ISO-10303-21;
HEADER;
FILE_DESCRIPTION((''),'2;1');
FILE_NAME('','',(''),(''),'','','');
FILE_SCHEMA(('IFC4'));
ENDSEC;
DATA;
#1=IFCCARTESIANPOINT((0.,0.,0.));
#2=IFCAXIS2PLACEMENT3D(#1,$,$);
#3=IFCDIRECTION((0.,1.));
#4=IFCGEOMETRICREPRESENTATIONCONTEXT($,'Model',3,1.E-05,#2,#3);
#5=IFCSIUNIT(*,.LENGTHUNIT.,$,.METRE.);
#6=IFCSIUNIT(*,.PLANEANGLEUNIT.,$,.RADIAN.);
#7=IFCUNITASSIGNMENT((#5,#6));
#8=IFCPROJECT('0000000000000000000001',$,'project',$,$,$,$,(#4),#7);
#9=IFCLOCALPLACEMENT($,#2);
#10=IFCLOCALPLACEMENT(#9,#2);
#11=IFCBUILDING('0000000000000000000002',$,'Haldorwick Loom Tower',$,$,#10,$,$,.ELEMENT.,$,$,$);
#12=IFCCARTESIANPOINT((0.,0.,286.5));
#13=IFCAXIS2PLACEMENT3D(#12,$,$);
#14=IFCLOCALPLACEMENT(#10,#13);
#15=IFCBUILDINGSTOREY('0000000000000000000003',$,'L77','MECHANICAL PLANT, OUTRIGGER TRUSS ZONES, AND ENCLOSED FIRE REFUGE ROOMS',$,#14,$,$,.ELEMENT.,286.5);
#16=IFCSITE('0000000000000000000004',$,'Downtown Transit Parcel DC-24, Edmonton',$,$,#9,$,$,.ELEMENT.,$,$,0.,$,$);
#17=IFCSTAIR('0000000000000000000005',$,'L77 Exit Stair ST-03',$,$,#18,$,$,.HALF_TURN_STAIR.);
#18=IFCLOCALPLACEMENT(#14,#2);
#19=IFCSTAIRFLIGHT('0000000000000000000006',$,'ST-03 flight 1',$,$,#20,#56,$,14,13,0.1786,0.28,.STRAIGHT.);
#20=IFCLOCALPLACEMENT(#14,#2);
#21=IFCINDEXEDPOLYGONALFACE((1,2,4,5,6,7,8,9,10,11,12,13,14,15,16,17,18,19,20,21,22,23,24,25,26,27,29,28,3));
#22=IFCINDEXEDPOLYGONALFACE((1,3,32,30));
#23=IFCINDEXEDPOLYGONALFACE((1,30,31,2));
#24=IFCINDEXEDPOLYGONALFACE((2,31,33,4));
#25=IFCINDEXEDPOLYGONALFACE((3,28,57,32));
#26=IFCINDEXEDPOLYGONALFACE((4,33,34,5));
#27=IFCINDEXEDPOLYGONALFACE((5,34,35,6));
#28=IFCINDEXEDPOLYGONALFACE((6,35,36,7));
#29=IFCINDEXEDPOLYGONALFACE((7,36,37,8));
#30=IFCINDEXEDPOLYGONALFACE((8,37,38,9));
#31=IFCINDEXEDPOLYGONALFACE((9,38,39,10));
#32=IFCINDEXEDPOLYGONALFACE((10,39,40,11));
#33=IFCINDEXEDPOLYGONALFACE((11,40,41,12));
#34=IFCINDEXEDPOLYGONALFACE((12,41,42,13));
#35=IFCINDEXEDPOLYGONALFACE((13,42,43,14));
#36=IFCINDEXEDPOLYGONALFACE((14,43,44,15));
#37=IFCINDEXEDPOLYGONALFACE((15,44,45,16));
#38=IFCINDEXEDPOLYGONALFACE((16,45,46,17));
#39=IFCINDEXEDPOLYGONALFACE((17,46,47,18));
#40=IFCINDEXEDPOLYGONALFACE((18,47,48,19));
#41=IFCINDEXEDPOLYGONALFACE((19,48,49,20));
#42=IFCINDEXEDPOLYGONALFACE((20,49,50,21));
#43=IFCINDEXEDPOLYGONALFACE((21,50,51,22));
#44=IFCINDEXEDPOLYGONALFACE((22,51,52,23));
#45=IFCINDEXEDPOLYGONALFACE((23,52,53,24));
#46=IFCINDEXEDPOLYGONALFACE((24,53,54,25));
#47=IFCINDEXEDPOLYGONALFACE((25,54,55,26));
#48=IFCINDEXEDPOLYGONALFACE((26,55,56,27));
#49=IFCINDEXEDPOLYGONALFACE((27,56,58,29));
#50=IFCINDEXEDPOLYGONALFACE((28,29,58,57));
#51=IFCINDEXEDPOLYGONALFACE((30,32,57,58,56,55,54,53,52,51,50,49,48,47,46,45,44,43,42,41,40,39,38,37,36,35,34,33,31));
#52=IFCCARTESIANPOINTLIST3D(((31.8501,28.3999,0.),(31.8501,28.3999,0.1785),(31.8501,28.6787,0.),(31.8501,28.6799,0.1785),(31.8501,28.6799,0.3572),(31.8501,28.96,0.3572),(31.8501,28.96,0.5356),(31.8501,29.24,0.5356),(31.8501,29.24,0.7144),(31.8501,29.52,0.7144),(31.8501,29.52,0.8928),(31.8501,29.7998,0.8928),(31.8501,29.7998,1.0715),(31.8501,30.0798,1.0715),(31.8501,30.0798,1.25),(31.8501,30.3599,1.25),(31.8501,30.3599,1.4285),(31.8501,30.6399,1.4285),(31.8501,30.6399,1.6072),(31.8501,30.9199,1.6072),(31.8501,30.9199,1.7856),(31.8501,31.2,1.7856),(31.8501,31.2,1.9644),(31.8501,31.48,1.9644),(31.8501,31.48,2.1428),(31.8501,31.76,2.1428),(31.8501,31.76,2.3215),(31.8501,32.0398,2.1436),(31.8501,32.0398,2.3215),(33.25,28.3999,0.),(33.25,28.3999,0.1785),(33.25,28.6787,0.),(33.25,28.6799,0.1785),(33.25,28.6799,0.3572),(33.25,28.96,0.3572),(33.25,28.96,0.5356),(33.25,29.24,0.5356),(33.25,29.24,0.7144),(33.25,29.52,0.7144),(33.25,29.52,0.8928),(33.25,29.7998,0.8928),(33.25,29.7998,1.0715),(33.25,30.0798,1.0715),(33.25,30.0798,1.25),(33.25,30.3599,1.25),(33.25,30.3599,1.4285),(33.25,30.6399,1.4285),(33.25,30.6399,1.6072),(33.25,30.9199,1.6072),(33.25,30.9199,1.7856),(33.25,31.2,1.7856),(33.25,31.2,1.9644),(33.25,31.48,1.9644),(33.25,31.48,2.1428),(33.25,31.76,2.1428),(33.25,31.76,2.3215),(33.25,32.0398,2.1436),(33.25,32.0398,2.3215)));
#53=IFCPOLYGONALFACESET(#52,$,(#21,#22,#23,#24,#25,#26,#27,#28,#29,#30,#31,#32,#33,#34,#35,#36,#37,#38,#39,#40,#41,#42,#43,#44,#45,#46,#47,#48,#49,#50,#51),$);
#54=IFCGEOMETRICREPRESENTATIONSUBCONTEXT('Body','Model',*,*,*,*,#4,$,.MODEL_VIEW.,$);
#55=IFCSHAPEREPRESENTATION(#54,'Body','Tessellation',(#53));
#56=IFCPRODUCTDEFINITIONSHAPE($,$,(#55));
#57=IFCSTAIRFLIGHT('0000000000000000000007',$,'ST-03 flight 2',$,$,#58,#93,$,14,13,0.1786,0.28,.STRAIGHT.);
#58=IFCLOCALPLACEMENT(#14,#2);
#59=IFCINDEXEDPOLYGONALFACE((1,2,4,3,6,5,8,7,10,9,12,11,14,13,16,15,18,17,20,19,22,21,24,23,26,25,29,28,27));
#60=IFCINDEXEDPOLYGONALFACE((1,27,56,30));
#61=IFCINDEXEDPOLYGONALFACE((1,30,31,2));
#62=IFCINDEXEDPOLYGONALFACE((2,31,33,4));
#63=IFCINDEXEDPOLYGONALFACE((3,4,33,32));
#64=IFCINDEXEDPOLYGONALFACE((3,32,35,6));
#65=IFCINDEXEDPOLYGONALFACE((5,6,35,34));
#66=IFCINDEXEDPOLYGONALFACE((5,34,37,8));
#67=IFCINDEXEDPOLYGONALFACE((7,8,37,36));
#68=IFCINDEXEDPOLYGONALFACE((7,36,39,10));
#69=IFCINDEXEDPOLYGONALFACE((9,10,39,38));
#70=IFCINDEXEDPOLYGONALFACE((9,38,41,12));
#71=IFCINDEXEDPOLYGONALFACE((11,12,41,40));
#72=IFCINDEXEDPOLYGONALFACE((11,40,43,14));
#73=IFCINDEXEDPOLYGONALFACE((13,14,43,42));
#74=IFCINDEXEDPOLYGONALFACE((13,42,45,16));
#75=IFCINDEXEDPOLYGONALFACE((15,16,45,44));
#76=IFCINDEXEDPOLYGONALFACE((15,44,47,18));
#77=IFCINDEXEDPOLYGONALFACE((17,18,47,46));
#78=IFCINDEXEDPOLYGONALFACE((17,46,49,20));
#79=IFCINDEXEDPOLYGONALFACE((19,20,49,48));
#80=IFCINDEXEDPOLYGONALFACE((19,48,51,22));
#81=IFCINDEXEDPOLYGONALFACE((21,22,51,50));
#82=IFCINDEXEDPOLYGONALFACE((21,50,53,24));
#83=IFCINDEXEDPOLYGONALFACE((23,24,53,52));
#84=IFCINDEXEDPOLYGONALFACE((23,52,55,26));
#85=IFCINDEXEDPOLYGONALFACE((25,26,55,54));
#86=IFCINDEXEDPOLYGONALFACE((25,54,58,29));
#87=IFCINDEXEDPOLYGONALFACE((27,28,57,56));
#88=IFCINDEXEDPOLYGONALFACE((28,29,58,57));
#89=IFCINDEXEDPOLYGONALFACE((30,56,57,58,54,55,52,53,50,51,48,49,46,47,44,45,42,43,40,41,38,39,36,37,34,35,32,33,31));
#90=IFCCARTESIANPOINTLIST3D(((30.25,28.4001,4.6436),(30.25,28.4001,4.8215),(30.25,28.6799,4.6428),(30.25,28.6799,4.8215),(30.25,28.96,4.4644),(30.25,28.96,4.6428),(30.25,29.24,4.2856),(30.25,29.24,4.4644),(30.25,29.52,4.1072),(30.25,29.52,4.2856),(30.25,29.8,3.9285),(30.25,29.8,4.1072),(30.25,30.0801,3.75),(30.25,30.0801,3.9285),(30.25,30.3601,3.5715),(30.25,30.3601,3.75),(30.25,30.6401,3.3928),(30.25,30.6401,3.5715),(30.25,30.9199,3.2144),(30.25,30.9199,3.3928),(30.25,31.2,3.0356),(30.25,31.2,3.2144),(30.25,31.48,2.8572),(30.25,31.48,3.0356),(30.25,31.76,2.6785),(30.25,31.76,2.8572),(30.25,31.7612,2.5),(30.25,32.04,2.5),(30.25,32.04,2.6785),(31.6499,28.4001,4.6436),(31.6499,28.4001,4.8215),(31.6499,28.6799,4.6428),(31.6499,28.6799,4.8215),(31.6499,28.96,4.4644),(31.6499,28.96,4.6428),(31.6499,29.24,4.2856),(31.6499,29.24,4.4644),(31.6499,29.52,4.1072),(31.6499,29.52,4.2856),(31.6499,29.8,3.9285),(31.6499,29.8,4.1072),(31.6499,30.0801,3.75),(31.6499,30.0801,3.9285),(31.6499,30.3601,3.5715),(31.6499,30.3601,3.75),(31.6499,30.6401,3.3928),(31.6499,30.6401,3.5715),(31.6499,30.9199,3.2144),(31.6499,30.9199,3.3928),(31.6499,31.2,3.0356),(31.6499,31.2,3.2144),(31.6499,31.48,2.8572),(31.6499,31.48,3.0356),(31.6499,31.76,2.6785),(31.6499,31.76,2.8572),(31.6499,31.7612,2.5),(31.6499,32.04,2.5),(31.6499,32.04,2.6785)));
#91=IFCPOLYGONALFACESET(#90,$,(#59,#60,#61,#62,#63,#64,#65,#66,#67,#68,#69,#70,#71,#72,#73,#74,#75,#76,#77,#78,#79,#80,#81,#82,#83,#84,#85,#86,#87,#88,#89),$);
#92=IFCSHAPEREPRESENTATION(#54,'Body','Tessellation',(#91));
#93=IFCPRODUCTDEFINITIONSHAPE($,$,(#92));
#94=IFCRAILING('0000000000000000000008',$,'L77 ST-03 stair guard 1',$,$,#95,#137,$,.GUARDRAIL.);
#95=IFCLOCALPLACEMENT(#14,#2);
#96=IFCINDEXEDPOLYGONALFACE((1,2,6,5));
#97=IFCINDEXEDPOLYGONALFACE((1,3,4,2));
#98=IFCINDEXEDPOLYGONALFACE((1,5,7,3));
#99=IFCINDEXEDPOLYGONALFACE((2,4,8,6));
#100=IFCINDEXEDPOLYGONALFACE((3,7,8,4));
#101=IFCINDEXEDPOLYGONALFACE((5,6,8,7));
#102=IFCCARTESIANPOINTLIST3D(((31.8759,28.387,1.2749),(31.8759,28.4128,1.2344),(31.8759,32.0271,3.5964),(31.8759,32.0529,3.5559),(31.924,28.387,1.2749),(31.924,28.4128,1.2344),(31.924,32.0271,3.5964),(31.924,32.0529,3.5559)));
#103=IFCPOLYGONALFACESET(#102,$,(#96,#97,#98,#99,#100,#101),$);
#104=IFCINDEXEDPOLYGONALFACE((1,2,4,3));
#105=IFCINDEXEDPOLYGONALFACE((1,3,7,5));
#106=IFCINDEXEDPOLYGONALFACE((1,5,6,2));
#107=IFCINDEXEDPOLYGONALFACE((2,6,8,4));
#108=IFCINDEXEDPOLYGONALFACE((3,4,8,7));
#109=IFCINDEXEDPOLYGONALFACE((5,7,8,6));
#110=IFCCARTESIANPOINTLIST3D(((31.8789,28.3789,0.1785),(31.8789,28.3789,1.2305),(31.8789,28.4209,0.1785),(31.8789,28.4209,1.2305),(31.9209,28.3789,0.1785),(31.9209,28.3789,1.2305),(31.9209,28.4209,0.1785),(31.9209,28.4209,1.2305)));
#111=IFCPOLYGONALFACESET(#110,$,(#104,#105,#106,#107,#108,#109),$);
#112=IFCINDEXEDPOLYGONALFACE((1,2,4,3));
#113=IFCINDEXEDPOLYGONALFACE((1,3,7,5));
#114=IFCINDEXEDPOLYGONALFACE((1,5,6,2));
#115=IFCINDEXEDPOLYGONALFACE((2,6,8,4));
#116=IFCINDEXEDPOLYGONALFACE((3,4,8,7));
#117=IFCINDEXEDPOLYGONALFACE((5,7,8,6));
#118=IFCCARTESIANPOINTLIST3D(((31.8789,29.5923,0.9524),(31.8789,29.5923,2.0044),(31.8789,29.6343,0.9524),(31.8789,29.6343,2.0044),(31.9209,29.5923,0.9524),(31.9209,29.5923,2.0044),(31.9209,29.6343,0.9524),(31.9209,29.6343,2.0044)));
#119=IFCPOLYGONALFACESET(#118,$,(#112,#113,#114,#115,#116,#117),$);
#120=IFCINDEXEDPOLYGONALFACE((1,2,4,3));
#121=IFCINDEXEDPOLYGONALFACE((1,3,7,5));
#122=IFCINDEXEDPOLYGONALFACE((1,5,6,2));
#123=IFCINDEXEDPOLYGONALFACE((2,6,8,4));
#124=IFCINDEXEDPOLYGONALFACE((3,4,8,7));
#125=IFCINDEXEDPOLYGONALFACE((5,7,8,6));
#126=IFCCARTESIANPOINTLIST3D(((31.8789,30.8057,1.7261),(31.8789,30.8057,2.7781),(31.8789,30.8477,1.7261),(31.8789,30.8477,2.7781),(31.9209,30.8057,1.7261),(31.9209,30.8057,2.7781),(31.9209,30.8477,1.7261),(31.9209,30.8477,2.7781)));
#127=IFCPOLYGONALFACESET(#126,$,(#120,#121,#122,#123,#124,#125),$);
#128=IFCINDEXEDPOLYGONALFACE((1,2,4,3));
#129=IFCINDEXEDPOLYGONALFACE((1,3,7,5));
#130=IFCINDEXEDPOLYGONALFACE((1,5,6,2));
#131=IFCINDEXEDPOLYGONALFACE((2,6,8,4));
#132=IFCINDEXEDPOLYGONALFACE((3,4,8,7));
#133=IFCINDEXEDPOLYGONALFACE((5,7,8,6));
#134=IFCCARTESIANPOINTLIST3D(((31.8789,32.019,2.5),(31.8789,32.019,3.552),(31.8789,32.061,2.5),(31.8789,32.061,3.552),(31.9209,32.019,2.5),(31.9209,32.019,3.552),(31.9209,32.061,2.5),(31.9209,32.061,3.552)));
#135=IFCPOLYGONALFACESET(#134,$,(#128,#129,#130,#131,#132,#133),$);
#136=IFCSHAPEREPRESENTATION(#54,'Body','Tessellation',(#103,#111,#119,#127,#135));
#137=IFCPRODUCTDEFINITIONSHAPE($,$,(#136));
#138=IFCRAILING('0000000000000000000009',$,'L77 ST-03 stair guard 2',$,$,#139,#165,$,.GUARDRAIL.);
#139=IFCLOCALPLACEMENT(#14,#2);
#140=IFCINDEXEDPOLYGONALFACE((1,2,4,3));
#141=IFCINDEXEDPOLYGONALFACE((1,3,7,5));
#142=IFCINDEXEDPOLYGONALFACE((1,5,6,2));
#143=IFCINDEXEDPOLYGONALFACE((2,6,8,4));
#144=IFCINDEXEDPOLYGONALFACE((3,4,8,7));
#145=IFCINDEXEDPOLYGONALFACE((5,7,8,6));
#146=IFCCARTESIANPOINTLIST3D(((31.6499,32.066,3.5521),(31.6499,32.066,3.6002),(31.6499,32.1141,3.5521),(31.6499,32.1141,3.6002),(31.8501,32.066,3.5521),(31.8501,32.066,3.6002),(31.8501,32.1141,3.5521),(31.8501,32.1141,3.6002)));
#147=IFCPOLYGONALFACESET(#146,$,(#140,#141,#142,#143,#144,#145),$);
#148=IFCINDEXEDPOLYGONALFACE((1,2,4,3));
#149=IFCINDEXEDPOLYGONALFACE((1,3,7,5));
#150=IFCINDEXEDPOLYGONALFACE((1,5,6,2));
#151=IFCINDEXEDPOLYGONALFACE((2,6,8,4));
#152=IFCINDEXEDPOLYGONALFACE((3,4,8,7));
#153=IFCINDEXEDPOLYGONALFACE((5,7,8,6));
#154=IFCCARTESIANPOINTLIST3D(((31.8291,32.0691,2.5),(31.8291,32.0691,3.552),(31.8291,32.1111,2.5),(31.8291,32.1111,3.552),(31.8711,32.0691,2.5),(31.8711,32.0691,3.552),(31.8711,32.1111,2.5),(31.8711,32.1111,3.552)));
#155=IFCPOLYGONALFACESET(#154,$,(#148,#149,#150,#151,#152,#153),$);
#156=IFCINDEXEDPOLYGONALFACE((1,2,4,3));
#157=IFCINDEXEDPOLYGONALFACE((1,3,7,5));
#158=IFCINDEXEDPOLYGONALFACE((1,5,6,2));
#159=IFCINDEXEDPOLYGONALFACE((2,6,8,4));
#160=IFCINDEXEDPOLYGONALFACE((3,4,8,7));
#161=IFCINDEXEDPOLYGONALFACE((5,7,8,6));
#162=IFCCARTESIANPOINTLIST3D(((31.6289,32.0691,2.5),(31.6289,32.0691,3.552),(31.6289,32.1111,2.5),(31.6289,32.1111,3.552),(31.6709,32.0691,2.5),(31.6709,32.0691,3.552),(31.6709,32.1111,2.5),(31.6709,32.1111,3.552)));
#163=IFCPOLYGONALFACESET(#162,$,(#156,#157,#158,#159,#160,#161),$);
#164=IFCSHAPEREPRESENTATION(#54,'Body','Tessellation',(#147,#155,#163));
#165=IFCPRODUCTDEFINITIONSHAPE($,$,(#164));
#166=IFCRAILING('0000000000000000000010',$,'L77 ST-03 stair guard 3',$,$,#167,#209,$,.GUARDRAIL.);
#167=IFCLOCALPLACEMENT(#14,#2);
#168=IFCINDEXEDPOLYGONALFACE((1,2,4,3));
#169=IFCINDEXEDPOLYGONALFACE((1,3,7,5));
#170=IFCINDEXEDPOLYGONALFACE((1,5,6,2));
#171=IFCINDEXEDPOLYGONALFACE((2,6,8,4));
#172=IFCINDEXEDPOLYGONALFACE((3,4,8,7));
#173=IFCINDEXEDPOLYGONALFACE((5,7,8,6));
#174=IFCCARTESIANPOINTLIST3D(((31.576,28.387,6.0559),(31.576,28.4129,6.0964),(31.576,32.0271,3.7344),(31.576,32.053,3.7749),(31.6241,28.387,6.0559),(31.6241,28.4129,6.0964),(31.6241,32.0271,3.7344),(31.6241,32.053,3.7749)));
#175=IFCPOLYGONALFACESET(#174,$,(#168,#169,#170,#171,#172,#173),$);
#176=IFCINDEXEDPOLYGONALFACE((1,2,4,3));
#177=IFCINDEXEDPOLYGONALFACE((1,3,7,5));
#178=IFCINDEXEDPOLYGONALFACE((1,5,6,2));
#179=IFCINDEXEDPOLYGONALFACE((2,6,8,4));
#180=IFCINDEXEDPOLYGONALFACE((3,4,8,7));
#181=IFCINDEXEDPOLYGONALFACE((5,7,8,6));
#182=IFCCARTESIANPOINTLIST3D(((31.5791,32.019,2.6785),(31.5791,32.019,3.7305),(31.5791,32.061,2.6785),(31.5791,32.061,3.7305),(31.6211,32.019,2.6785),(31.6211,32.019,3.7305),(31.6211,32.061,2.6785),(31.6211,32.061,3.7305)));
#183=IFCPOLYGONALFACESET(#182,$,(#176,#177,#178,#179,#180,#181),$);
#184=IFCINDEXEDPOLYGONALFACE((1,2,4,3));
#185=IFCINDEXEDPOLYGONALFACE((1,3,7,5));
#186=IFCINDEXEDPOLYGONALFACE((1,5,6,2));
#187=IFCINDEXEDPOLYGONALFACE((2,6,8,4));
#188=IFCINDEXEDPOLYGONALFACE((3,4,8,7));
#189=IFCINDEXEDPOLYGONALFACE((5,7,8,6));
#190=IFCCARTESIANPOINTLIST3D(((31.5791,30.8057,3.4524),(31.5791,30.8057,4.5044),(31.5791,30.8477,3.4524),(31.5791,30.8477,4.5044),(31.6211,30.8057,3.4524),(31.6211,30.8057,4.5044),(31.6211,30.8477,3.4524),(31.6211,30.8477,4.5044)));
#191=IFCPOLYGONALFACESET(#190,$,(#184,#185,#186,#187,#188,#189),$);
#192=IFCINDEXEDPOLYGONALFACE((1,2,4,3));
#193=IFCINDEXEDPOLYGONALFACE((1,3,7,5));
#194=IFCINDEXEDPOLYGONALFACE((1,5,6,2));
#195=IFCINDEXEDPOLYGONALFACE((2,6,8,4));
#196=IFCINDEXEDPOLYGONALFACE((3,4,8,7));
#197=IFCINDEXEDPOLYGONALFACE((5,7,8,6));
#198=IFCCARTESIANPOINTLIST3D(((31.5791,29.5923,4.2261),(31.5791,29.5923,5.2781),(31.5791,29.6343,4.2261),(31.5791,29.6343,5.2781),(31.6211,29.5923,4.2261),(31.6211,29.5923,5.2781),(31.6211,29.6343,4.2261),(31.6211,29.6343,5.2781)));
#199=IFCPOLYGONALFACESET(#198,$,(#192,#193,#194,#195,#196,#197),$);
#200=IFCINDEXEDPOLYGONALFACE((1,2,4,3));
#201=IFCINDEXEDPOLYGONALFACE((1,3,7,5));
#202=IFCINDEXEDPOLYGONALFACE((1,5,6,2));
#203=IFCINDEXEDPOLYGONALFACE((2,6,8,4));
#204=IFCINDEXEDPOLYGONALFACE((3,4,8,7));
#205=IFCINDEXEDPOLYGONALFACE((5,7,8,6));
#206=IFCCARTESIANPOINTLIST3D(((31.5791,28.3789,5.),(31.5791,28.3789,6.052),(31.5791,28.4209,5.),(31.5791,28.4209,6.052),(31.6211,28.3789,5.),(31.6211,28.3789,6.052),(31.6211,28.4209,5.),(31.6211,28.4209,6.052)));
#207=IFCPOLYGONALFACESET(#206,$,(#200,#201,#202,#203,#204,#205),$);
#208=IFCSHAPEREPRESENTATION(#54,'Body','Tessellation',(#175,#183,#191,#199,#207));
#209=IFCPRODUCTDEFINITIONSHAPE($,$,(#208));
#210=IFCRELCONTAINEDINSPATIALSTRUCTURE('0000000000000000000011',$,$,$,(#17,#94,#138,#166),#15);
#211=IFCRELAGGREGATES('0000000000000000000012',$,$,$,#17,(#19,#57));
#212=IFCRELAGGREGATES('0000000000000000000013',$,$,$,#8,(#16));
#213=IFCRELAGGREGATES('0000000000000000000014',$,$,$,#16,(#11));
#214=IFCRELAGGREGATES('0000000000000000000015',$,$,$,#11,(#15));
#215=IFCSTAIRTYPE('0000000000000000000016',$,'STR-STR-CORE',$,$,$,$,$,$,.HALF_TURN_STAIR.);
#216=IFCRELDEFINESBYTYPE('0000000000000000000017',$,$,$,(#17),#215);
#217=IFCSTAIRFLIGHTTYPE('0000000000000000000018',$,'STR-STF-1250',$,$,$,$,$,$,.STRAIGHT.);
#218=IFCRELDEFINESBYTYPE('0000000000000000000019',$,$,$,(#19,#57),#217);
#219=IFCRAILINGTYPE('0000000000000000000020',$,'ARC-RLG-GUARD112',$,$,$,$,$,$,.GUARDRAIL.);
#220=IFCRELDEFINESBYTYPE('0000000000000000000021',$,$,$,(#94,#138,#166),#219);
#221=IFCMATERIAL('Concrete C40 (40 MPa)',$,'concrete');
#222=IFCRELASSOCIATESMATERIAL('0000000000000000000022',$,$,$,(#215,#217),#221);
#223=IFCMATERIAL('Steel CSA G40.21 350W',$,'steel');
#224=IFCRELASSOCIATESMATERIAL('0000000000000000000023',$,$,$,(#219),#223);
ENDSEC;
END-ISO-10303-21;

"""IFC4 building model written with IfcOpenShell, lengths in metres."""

from ifc_helpers import new_model, si_unit, direction, frame, origin, origin_2d, place, context, subcontext, project, spatial, polyline, rectangle, outline, extrude, material, type_object, element, aggregate, save


model = new_model("IFC4")

# Units and contexts
model_context = context("Model", 3, precision=1e-05, world=origin(), true_north=direction((0.0, 1.0)))
body_context = subcontext(model_context, "Body", "Model", "MODEL_VIEW")
ifc_project = project(units=[si_unit("LENGTHUNIT", "METRE"), si_unit("PLANEANGLEUNIT", "RADIAN")], contexts=[model_context])

# Site, building, storey
site_placement = place(None, origin())
site = spatial("IfcSite", under=ifc_project, at=site_placement, Name="Downtown Transit Parcel DC-24, Edmonton", CompositionType="ELEMENT", RefElevation=0.0)
building_placement = place(site_placement, origin())
building = spatial("IfcBuilding", under=site, at=building_placement, Name="Haldorwick Loom Tower", CompositionType="ELEMENT")
storey_placement = place(building_placement, frame((0.0, 0.0, 286.5)))
storey = spatial("IfcBuildingStorey", under=building, at=storey_placement, Name="L77", Description="MECHANICAL PLANT, OUTRIGGER TRUSS ZONES, AND ENCLOSED FIRE REFUGE ROOMS", CompositionType="ELEMENT", Elevation=286.5)

# Shared definitions
ifc_material_1 = material(Name="Steel CSA G40.21 350W", Category="steel")

# Stair, stair flights
ifc_material_2 = material(Name="Concrete C40 (40 MPa)", Category="concrete")
stair_type = type_object("IfcStairType", Name="STR-STR-CORE", PredefinedType="HALF_TURN_STAIR", material=ifc_material_2)
stair_placement = place(storey_placement, origin())
stair = element("IfcStair", 1, at=stair_placement, inside=storey, type_object=stair_type, Name="L77 Exit Stair ST-03", PredefinedType="HALF_TURN_STAIR")
stair_flight_type = type_object("IfcStairFlightType", Name="STR-STF-1250", PredefinedType="STRAIGHT", material=ifc_material_2)
stair_flight_1_placement = place(storey_placement, frame((32.55, 28.3999, 0.0), z_axis=(0.0, 0.0, 1.0), x_axis=(0.0, 1.0, 0.0)))
stair_flight_1 = element("IfcStairFlight", 2, at=stair_flight_1_placement, type_object=stair_flight_type, Name="ST-03 flight 1", NumberOfRisers=14, NumberOfTreads=13, PredefinedType="STRAIGHT", RiserHeight=0.1786, TreadLength=0.28, context=body_context, shape_type="SweptSolid", body=[
    extrude(outline(polyline([(0.0, 0.0), (0.0, 0.1785), (0.28, 0.1785), (0.28, 0.3572), (0.5601, 0.3572), (0.5601, 0.5356), (0.8401, 0.5356), (0.8401, 0.7144), (1.1201, 0.7144), (1.1201, 0.8928), (1.3999, 0.8928), (1.3999, 1.0715), (1.6799, 1.0715), (1.6799, 1.25), (1.96, 1.25), (1.96, 1.4285), (2.24, 1.4285), (2.24, 1.6072), (2.52, 1.6072), (2.52, 1.7856), (2.8, 1.7856), (2.8, 1.9644), (3.0801, 1.9644), (3.0801, 2.1428), (3.3601, 2.1428), (3.3601, 2.3215), (3.6399, 2.3215), (3.6399, 2.5), (3.6399, 2.1436), (0.2788, 0.0), (0.0, 0.0)])), frame((0.0, 0.7, 0.0), z_axis=(0.0, -1.0, 0.0), x_axis=(1.0, 0.0, 0.0)), (0.0, 0.0, 1.0), 1.3999),
])
stair_flight_2_placement = place(storey_placement, frame((30.95, 32.04, 2.5), z_axis=(0.0, 0.0, 1.0), x_axis=(0.0, -1.0, 0.0)))
stair_flight_2 = element("IfcStairFlight", 3, at=stair_flight_2_placement, type_object=stair_flight_type, Name="ST-03 flight 2", NumberOfRisers=14, NumberOfTreads=13, PredefinedType="STRAIGHT", RiserHeight=0.1786, TreadLength=0.28, context=body_context, shape_type="SweptSolid", body=[
    extrude(outline(polyline([(0.0, 0.0), (0.0, 0.1785), (0.28, 0.1785), (0.28, 0.3572), (0.5601, 0.3572), (0.5601, 0.5356), (0.8401, 0.5356), (0.8401, 0.7144), (1.1201, 0.7144), (1.1201, 0.8928), (1.3999, 0.8928), (1.3999, 1.0715), (1.6799, 1.0715), (1.6799, 1.25), (1.96, 1.25), (1.96, 1.4285), (2.24, 1.4285), (2.24, 1.6072), (2.52, 1.6072), (2.52, 1.7856), (2.8, 1.7856), (2.8, 1.9644), (3.0801, 1.9644), (3.0801, 2.1428), (3.3601, 2.1428), (3.3601, 2.3215), (3.6399, 2.3215), (3.6399, 2.5), (3.6399, 2.1436), (0.2788, 0.0), (0.0, 0.0)])), frame((0.0, 0.7, 0.0), z_axis=(0.0, -1.0, 0.0), x_axis=(1.0, 0.0, 0.0)), (0.0, 0.0, 1.0), 1.3999),
])
aggregate(stair, [stair_flight_1, stair_flight_2])

# Railings
railing_type_1 = type_object("IfcRailingType", Name="ARC-RLG-GUARD112", PredefinedType="GUARDRAIL", material=ifc_material_1)
railing_1_placement = place(storey_placement, frame((31.8999, 28.3999, 0.1785)))
element("IfcRailing", 4, at=railing_1_placement, inside=storey, type_object=railing_type_1, Name="L77 ST-03 stair guard 1", PredefinedType="GUARDRAIL", context=body_context, shape_type="SweptSolid", body=[
    extrude(rectangle(XDim=0.0481, YDim=0.0481, at=origin_2d()), frame((0.0, 0.0, 1.0762), z_axis=(0.0, 0.843128, 0.537713), x_axis=(-1.0, 0.0, 0.0)), (0.0, 0.0, 1.0), 4.3174),
    extrude(rectangle(XDim=0.042, YDim=0.042, at=origin_2d()), origin(), (0.0, 0.0, 1.0), 1.052),
    extrude(rectangle(XDim=0.042, YDim=0.042, at=origin_2d()), frame((0.0, 1.2134, 0.7739)), (0.0, 0.0, 1.0), 1.052),
    extrude(rectangle(XDim=0.042, YDim=0.042, at=origin_2d()), frame((0.0, 2.4268, 1.5476)), (0.0, 0.0, 1.0), 1.052),
    extrude(rectangle(XDim=0.042, YDim=0.042, at=origin_2d()), frame((0.0, 3.6401, 2.3215)), (0.0, 0.0, 1.0), 1.052),
])
railing_2_placement = place(storey_placement, frame((31.8501, 32.0901, 2.5)))
element("IfcRailing", 5, at=railing_2_placement, inside=storey, type_object=railing_type_1, Name="L77 ST-03 stair guard 2", PredefinedType="GUARDRAIL", context=body_context, shape_type="SweptSolid", body=[
    extrude(rectangle(XDim=0.0481, YDim=0.0481, at=origin_2d()), frame((0.0, 0.0, 1.0762), z_axis=(-1.0, 0.0, 0.0), x_axis=(0.0, -1.0, 0.0)), (0.0, 0.0, 1.0), 0.2002),
    extrude(rectangle(XDim=0.042, YDim=0.042, at=origin_2d()), origin(), (0.0, 0.0, 1.0), 1.052),
    extrude(rectangle(XDim=0.042, YDim=0.042, at=origin_2d()), frame((-0.2002, 0.0, 0.0)), (0.0, 0.0, 1.0), 1.052),
])
railing_3_placement = place(storey_placement, frame((31.6001, 32.04, 2.6785)))
element("IfcRailing", 6, at=railing_3_placement, inside=storey, type_object=railing_type_1, Name="L77 ST-03 stair guard 3", PredefinedType="GUARDRAIL", context=body_context, shape_type="SweptSolid", body=[
    extrude(rectangle(XDim=0.0481, YDim=0.0481, at=origin_2d()), frame((0.0, 0.0, 1.0762), z_axis=(0.0, -0.843128, 0.537713), x_axis=(1.0, 0.0, 0.0)), (0.0, 0.0, 1.0), 4.3174),
    extrude(rectangle(XDim=0.042, YDim=0.042, at=origin_2d()), origin(), (0.0, 0.0, 1.0), 1.052),
    extrude(rectangle(XDim=0.042, YDim=0.042, at=origin_2d()), frame((0.0, -1.2134, 0.7739)), (0.0, 0.0, 1.0), 1.052),
    extrude(rectangle(XDim=0.042, YDim=0.042, at=origin_2d()), frame((0.0, -2.4268, 1.5476)), (0.0, 0.0, 1.0), 1.052),
    extrude(rectangle(XDim=0.042, YDim=0.042, at=origin_2d()), frame((0.0, -3.6401, 2.3215)), (0.0, 0.0, 1.0), 1.052),
])

save(model, "model.ifc")
